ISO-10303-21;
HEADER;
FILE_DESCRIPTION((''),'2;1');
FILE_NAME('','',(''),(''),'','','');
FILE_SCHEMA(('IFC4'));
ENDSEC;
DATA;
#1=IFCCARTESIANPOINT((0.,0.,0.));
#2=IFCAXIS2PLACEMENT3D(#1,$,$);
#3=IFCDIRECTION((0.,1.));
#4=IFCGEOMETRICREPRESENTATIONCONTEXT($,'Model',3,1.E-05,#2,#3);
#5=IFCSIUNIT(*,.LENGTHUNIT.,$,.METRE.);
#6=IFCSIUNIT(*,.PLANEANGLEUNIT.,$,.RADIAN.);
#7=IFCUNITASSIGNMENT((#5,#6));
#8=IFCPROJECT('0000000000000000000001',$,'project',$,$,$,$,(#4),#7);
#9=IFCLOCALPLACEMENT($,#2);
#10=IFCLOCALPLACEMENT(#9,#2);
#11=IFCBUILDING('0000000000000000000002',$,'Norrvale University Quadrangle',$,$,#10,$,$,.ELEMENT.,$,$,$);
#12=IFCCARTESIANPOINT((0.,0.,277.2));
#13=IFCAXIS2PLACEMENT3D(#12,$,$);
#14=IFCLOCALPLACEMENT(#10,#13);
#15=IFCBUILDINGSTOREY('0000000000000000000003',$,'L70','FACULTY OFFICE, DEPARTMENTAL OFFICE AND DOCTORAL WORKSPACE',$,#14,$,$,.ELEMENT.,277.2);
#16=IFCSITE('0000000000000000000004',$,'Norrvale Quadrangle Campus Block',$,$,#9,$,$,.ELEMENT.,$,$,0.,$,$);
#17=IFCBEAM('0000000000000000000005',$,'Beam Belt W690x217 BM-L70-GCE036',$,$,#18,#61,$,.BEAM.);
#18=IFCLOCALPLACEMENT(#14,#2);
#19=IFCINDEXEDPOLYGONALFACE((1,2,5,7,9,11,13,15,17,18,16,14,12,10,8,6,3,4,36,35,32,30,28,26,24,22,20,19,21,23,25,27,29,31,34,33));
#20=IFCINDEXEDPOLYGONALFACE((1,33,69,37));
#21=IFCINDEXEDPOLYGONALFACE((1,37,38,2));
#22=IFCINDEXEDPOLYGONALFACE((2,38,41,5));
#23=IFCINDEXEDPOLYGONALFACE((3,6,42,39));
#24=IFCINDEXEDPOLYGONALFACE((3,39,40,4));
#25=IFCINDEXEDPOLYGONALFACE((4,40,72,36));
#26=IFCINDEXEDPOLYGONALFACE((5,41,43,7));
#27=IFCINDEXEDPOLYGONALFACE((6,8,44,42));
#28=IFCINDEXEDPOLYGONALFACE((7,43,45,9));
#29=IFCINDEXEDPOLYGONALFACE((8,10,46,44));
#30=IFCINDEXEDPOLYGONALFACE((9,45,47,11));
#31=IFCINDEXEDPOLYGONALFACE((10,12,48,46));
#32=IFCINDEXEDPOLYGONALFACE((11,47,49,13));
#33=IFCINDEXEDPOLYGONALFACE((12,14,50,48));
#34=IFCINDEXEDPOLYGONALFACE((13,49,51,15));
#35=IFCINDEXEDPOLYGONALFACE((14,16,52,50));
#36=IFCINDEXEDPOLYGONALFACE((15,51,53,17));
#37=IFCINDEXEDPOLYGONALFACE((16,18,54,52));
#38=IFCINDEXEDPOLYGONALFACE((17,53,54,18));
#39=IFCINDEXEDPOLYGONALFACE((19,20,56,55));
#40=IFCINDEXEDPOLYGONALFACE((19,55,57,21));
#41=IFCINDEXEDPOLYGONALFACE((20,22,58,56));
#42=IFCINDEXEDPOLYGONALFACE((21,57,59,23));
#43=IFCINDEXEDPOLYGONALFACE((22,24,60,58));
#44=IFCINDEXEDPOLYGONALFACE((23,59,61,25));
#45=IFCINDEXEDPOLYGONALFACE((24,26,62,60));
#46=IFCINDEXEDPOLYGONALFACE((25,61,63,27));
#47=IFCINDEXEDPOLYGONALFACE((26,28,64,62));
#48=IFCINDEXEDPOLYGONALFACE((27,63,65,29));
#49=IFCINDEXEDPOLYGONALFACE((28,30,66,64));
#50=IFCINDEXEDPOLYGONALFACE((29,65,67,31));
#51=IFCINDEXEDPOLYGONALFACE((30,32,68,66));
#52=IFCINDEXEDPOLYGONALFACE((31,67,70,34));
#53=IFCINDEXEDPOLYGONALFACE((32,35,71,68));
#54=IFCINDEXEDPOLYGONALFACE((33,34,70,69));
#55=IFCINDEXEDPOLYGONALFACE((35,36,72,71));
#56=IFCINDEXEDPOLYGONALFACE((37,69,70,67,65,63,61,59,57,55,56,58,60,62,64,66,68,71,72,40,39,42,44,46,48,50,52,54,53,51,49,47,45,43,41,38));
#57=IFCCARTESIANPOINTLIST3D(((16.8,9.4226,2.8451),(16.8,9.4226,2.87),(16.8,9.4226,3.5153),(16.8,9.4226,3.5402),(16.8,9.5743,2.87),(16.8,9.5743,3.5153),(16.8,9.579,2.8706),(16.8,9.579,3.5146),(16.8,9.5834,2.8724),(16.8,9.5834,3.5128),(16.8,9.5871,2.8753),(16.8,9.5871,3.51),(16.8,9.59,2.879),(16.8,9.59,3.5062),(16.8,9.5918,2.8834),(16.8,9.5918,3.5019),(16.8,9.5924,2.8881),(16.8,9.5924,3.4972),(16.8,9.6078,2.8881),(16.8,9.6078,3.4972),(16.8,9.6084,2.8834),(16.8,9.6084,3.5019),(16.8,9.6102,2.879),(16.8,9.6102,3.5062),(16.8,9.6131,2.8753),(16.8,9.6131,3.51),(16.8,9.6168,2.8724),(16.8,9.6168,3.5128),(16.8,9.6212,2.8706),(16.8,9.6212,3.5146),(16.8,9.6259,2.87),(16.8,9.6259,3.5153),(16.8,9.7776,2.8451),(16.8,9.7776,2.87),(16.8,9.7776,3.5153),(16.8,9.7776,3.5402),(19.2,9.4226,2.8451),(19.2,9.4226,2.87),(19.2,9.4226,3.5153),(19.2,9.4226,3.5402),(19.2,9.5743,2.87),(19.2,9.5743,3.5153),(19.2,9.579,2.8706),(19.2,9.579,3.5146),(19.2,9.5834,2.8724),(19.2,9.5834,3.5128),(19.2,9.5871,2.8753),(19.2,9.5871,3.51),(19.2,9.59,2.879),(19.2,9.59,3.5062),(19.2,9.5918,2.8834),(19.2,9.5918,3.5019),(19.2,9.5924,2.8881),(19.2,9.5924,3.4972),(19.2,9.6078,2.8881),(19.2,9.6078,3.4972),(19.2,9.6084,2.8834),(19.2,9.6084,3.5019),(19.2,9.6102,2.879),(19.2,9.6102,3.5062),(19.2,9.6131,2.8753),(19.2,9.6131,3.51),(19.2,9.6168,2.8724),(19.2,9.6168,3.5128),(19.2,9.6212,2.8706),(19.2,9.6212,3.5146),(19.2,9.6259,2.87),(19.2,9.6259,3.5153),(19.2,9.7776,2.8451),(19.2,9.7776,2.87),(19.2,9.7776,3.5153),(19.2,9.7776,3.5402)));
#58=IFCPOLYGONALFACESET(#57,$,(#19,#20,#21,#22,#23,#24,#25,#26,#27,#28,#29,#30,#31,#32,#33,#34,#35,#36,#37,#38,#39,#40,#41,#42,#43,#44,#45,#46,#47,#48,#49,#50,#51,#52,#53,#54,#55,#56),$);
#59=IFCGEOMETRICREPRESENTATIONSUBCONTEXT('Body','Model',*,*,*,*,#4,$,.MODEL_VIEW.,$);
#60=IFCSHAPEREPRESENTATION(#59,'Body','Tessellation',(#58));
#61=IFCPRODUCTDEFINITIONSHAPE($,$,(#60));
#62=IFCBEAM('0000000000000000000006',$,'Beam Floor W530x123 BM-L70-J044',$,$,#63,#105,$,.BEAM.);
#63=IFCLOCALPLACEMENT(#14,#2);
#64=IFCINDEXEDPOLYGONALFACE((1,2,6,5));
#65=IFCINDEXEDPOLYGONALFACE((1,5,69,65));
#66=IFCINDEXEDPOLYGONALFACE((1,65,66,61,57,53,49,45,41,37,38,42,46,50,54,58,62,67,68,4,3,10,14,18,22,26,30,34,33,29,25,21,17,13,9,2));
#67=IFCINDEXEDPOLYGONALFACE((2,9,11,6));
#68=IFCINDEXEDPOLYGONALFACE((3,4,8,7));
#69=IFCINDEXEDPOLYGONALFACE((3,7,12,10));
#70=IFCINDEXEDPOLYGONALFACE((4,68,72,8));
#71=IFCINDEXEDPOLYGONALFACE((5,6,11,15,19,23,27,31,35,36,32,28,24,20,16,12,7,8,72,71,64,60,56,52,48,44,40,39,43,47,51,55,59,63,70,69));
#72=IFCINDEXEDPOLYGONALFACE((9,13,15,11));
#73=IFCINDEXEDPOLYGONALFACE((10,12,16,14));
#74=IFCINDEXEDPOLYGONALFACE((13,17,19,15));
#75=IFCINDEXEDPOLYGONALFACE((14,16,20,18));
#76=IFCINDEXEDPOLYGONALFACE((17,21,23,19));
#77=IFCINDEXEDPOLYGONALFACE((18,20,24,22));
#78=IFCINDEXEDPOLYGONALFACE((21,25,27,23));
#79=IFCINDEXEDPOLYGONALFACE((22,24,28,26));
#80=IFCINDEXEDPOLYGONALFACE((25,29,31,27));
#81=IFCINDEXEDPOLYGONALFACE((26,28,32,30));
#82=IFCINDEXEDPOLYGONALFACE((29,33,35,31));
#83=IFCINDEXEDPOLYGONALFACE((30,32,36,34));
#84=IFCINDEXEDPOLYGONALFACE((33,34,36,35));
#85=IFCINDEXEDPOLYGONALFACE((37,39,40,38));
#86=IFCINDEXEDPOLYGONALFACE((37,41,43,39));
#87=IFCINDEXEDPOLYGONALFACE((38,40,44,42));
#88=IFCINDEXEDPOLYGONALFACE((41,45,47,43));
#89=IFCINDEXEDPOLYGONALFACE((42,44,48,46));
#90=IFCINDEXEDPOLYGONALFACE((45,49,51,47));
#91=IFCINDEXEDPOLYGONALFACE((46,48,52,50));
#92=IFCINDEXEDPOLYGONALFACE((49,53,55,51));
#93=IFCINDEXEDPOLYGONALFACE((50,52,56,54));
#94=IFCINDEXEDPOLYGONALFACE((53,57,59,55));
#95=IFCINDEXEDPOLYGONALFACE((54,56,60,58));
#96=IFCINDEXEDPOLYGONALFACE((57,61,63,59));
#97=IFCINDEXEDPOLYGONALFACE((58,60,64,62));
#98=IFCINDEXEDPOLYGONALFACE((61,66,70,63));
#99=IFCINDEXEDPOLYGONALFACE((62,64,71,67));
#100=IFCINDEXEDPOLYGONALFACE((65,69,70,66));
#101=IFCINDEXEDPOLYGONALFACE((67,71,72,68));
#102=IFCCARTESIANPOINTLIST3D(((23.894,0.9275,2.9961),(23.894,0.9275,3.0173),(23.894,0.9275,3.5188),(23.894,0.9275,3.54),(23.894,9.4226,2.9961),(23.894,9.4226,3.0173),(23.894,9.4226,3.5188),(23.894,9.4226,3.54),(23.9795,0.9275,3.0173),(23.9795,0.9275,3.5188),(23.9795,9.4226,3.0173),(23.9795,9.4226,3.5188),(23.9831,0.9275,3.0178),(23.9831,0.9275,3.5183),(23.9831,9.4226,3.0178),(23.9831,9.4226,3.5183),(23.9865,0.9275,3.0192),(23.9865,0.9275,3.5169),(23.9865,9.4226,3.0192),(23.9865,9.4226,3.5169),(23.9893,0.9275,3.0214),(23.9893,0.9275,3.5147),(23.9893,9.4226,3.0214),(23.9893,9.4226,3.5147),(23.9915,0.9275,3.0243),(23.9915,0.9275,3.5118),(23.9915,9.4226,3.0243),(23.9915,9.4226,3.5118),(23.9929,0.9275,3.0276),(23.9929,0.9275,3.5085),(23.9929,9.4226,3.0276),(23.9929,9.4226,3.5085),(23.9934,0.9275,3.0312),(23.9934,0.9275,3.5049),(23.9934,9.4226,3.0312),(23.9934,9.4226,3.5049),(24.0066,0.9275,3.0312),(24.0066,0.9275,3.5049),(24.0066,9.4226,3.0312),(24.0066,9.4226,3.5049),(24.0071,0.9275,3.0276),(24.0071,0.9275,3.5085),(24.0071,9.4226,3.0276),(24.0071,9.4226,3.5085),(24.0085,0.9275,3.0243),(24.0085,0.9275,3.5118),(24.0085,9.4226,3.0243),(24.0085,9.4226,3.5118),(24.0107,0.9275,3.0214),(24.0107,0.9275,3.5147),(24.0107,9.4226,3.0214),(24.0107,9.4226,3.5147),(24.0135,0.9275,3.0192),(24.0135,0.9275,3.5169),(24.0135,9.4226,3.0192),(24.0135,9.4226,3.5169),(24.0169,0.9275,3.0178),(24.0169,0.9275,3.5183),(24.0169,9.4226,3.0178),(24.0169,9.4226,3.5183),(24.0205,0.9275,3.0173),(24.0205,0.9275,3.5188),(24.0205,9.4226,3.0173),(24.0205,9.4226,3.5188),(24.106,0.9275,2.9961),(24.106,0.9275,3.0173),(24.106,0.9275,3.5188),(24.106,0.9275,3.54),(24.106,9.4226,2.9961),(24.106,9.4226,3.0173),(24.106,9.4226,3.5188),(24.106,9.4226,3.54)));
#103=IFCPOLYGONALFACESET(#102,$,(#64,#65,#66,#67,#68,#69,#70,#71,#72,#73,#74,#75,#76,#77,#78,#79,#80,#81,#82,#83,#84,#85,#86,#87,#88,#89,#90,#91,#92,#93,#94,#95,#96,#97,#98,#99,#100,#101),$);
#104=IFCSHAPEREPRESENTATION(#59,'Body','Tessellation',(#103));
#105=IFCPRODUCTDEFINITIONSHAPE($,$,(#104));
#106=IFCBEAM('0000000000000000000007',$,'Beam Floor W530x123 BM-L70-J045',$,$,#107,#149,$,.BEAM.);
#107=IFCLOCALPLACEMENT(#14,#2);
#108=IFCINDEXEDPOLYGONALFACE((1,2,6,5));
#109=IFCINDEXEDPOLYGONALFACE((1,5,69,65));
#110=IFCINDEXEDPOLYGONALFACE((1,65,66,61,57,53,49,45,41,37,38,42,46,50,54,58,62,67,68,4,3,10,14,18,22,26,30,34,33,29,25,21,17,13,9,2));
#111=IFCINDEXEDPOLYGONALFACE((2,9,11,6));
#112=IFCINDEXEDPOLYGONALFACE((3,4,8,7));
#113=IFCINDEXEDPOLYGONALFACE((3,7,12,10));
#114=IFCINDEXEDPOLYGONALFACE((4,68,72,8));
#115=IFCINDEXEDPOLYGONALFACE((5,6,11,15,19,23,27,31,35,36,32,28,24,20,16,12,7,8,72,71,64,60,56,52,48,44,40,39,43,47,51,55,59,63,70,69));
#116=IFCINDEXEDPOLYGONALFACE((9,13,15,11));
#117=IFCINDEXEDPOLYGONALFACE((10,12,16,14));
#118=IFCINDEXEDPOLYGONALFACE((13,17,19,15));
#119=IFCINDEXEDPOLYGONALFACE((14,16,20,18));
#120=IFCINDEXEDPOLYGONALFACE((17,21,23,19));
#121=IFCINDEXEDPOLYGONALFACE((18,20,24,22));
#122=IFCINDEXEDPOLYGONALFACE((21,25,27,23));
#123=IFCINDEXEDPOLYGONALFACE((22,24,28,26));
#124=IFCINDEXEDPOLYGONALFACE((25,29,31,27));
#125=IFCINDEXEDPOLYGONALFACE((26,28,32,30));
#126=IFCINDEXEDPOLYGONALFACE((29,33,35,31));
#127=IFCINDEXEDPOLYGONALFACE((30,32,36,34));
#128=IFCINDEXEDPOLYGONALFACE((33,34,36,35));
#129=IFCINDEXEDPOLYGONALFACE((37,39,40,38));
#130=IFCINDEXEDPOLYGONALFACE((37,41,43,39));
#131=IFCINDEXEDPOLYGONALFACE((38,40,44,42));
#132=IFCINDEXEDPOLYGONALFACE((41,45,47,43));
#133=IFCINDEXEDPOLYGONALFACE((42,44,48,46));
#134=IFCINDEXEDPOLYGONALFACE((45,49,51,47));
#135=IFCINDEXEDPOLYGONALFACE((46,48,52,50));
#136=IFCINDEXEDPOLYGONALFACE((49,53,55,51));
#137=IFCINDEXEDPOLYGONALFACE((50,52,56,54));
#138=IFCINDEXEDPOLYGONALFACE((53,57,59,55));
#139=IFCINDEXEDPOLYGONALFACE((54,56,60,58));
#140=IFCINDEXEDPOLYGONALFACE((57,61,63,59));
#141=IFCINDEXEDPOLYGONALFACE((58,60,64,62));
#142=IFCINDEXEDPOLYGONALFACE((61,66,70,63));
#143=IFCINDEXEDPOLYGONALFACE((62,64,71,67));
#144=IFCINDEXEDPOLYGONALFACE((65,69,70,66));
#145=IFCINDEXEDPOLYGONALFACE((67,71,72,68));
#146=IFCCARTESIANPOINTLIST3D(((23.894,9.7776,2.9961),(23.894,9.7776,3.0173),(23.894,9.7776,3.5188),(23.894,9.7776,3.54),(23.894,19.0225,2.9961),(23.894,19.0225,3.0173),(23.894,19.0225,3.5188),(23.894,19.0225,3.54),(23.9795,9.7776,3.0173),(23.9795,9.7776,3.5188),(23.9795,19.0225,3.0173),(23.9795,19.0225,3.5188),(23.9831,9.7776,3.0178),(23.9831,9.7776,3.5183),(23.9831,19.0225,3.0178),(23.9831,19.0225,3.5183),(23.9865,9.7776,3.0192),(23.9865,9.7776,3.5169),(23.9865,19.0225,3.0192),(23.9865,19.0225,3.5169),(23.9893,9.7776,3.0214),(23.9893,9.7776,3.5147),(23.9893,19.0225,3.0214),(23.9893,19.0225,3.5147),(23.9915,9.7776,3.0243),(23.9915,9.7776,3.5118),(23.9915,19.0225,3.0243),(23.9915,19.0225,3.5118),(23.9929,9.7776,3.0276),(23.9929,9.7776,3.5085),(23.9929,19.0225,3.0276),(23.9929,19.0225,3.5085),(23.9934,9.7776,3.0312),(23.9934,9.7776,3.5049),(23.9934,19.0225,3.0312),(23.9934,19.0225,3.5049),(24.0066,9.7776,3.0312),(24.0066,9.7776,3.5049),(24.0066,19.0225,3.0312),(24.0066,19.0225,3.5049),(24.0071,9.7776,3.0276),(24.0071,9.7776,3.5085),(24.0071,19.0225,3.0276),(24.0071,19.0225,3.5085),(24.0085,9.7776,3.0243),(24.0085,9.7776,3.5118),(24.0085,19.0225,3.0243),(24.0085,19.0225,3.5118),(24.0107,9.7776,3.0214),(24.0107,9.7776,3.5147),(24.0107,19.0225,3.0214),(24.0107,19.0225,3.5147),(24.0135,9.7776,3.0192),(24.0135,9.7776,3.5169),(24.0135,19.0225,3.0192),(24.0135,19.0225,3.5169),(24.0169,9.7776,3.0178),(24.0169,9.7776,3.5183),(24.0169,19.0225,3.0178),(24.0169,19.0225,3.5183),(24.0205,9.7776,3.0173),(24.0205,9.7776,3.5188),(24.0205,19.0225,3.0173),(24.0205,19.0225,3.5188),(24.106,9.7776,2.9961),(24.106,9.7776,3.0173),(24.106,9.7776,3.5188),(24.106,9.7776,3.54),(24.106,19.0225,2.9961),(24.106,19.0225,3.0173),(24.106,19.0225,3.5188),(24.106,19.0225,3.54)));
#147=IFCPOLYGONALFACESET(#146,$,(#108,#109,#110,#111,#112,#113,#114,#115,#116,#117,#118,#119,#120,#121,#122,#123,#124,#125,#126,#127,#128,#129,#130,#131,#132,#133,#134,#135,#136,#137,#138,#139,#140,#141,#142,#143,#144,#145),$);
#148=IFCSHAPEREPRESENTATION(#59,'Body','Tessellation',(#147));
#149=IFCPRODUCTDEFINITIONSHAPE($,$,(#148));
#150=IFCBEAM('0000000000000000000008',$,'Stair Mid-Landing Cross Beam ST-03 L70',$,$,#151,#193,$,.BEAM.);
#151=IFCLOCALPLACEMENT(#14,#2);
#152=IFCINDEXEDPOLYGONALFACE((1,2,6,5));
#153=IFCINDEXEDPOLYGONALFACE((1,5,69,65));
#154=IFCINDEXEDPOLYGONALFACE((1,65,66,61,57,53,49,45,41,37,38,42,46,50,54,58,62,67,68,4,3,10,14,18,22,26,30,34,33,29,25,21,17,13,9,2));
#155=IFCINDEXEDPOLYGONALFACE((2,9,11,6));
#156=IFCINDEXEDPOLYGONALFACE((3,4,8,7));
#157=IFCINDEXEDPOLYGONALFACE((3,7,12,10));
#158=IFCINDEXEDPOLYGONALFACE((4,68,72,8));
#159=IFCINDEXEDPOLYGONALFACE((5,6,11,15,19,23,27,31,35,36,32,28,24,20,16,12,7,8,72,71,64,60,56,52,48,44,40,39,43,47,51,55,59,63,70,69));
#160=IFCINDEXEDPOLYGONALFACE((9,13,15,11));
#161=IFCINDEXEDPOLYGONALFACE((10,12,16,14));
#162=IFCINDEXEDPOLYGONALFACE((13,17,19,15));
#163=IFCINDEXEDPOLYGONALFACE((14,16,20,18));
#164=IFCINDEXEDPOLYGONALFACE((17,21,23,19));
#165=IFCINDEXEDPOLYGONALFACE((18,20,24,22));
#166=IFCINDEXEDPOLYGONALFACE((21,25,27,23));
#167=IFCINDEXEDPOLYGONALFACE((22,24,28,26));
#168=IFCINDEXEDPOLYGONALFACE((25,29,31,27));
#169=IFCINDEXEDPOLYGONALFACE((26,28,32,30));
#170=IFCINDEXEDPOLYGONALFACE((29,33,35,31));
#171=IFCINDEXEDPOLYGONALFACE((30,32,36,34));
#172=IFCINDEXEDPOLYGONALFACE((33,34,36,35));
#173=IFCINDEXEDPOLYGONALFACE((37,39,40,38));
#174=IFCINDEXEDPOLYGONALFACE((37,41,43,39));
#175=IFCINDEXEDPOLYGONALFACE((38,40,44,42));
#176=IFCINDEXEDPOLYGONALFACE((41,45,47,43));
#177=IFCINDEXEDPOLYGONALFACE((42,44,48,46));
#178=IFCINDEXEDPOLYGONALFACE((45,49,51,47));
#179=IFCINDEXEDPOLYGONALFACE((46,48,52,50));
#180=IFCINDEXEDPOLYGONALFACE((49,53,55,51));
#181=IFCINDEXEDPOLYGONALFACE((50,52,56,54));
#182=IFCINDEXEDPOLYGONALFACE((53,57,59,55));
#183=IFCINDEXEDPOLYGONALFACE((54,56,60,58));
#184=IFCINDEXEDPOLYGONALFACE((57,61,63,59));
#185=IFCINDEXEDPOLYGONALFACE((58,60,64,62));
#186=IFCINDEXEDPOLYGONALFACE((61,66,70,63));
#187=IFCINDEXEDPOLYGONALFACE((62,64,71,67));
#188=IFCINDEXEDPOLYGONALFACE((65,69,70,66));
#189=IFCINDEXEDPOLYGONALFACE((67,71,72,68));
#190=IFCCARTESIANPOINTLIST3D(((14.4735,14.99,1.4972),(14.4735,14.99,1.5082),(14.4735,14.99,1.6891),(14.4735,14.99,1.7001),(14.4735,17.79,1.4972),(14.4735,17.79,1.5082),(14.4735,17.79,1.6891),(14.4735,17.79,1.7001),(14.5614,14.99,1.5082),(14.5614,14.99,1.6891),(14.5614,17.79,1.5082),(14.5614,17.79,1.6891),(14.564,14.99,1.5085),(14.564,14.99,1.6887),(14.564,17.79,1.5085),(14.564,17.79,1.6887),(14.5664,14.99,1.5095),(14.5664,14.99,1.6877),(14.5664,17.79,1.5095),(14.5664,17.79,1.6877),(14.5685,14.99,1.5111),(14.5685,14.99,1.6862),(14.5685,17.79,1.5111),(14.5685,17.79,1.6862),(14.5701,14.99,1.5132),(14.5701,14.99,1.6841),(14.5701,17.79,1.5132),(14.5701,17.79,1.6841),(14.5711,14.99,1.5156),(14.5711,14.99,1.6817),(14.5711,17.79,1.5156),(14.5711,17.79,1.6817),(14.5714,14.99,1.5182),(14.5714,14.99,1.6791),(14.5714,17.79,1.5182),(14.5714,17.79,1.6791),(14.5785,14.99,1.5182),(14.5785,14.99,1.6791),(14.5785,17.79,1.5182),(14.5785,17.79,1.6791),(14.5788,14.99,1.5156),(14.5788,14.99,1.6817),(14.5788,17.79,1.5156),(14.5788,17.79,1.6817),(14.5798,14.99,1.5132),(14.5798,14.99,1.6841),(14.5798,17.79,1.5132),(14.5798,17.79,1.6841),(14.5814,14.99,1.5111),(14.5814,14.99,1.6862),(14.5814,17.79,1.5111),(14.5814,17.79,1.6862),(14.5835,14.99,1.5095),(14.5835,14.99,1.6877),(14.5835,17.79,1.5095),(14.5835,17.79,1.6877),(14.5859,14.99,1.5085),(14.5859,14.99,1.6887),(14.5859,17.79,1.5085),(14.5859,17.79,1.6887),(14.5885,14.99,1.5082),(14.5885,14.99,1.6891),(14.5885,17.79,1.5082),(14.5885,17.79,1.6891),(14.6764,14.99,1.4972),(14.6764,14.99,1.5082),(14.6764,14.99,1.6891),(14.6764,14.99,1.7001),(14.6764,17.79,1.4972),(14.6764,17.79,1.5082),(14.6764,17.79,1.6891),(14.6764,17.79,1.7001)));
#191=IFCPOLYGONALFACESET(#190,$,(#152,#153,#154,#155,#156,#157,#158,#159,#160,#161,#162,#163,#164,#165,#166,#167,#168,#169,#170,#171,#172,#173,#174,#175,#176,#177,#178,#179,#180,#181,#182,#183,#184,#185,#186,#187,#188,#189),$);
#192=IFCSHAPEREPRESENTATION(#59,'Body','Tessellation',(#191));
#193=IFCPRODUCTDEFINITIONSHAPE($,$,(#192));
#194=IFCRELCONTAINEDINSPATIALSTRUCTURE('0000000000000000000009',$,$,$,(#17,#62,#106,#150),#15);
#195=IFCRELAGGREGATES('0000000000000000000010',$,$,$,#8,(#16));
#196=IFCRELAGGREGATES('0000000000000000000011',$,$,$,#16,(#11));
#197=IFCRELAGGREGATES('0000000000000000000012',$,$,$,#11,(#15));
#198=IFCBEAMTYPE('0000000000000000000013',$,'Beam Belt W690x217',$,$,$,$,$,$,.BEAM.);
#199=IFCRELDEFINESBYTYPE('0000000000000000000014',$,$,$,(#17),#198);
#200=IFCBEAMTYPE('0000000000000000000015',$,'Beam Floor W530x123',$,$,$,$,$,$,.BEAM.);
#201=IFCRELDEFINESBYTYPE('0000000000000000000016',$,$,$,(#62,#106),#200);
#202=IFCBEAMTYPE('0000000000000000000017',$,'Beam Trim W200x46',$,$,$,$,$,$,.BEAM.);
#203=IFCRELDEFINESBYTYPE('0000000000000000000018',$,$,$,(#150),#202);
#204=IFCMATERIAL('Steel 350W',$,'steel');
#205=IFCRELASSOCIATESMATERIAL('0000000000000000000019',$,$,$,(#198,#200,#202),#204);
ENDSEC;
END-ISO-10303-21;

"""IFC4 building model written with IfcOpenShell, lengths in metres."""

from ifc_helpers import new_model, si_unit, direction, frame, origin, origin_2d, place, context, subcontext, project, spatial, i_section, extrude, material, material_profile, profile_set, type_object, element, save


model = new_model("IFC4")

# Units and contexts
model_context = context("Model", 3, precision=1e-05, world=origin(), true_north=direction((0.0, 1.0)))
body_context = subcontext(model_context, "Body", "Model", "MODEL_VIEW")
ifc_project = project(units=[si_unit("LENGTHUNIT", "METRE"), si_unit("PLANEANGLEUNIT", "RADIAN")], contexts=[model_context])

# Site, building, storey
site_placement = place(None, origin())
site = spatial("IfcSite", under=ifc_project, at=site_placement, Name="Norrvale Quadrangle Campus Block", CompositionType="ELEMENT", RefElevation=0.0)
building_placement = place(site_placement, origin())
building = spatial("IfcBuilding", under=site, at=building_placement, Name="Norrvale University Quadrangle", CompositionType="ELEMENT")
storey_placement = place(building_placement, frame((0.0, 0.0, 277.2)))
storey = spatial("IfcBuildingStorey", under=building, at=storey_placement, Name="L70", Description="FACULTY OFFICE, DEPARTMENTAL OFFICE AND DOCTORAL WORKSPACE", CompositionType="ELEMENT", Elevation=277.2)

# Beams
ifc_material_1 = material(Name="Steel 350W", Category="steel")
ifc_material_profile_1 = material_profile(ifc_material_1, i_section(OverallWidth=0.355, OverallDepth=0.6951, WebThickness=0.0154, FlangeThickness=0.0249, FilletRadius=0.0181, at=origin_2d()), Name="Steel 350W")
ifc_profile_set_1 = profile_set([ifc_material_profile_1], Name="Steel 350W")
beam_type_1 = type_object("IfcBeamType", Name="Beam Belt W690x217", PredefinedType="BEAM", material=ifc_profile_set_1)
beam_1_placement = place(storey_placement, frame((16.8, 9.6001, 3.1926), z_axis=(1.0, 0.0, 0.0), x_axis=(0.0, 1.0, 0.0)))
element("IfcBeam", 1, at=beam_1_placement, inside=storey, type_object=beam_type_1, Name="Beam Belt W690x217 BM-L70-GCE036", PredefinedType="BEAM", context=body_context, shape_type="SweptSolid", body=[
    extrude(i_section(OverallWidth=0.355, OverallDepth=0.6951, WebThickness=0.0154, FlangeThickness=0.0249, FilletRadius=0.0181, at=origin_2d()), origin(), (0.0, 0.0, 1.0), 2.3999),
])
ifc_material_profile_2 = material_profile(ifc_material_1, i_section(OverallWidth=0.2119, OverallDepth=0.5439, WebThickness=0.0132, FlangeThickness=0.0212, FilletRadius=0.0139, at=origin_2d()), Name="Steel 350W")
ifc_profile_set_2 = profile_set([ifc_material_profile_2], Name="Steel 350W")
beam_type_2 = type_object("IfcBeamType", Name="Beam Floor W530x123", PredefinedType="BEAM", material=ifc_profile_set_2)
beam_2_placement = place(storey_placement, frame((24.0, 0.9275, 3.2681), z_axis=(0.0, 1.0, 0.0), x_axis=(-1.0, 0.0, 0.0)))
element("IfcBeam", 2, at=beam_2_placement, inside=storey, type_object=beam_type_2, Name="Beam Floor W530x123 BM-L70-J044", PredefinedType="BEAM", context=body_context, shape_type="SweptSolid", body=[
    extrude(i_section(OverallWidth=0.2119, OverallDepth=0.5439, WebThickness=0.0132, FlangeThickness=0.0212, FilletRadius=0.0139, at=origin_2d()), origin(), (0.0, 0.0, 1.0), 8.4951),
])
beam_3_placement = place(storey_placement, frame((24.0, 9.7776, 3.2681), z_axis=(0.0, 1.0, 0.0), x_axis=(-1.0, 0.0, 0.0)))
element("IfcBeam", 3, at=beam_3_placement, inside=storey, type_object=beam_type_2, Name="Beam Floor W530x123 BM-L70-J045", PredefinedType="BEAM", context=body_context, shape_type="SweptSolid", body=[
    extrude(i_section(OverallWidth=0.2119, OverallDepth=0.5439, WebThickness=0.0132, FlangeThickness=0.0212, FilletRadius=0.0139, at=origin_2d()), origin(), (0.0, 0.0, 1.0), 9.2449),
])
ifc_material_profile_3 = material_profile(ifc_material_1, i_section(OverallWidth=0.2029, OverallDepth=0.2029, WebThickness=0.0071, FlangeThickness=0.011, FilletRadius=0.01, at=origin_2d()), Name="Steel 350W")
ifc_profile_set_3 = profile_set([ifc_material_profile_3], Name="Steel 350W")
beam_type_3 = type_object("IfcBeamType", Name="Beam Trim W200x46", PredefinedType="BEAM", material=ifc_profile_set_3)
beam_4_placement = place(storey_placement, frame((14.575, 14.99, 1.5986), z_axis=(0.0, 1.0, 0.0), x_axis=(-1.0, 0.0, 0.0)))
element("IfcBeam", 4, at=beam_4_placement, inside=storey, type_object=beam_type_3, Name="Stair Mid-Landing Cross Beam ST-03 L70", PredefinedType="BEAM", context=body_context, shape_type="SweptSolid", body=[
    extrude(i_section(OverallWidth=0.2029, OverallDepth=0.2029, WebThickness=0.0071, FlangeThickness=0.011, FilletRadius=0.01, at=origin_2d()), origin(), (0.0, 0.0, 1.0), 2.8),
])

save(model, "model.ifc")
